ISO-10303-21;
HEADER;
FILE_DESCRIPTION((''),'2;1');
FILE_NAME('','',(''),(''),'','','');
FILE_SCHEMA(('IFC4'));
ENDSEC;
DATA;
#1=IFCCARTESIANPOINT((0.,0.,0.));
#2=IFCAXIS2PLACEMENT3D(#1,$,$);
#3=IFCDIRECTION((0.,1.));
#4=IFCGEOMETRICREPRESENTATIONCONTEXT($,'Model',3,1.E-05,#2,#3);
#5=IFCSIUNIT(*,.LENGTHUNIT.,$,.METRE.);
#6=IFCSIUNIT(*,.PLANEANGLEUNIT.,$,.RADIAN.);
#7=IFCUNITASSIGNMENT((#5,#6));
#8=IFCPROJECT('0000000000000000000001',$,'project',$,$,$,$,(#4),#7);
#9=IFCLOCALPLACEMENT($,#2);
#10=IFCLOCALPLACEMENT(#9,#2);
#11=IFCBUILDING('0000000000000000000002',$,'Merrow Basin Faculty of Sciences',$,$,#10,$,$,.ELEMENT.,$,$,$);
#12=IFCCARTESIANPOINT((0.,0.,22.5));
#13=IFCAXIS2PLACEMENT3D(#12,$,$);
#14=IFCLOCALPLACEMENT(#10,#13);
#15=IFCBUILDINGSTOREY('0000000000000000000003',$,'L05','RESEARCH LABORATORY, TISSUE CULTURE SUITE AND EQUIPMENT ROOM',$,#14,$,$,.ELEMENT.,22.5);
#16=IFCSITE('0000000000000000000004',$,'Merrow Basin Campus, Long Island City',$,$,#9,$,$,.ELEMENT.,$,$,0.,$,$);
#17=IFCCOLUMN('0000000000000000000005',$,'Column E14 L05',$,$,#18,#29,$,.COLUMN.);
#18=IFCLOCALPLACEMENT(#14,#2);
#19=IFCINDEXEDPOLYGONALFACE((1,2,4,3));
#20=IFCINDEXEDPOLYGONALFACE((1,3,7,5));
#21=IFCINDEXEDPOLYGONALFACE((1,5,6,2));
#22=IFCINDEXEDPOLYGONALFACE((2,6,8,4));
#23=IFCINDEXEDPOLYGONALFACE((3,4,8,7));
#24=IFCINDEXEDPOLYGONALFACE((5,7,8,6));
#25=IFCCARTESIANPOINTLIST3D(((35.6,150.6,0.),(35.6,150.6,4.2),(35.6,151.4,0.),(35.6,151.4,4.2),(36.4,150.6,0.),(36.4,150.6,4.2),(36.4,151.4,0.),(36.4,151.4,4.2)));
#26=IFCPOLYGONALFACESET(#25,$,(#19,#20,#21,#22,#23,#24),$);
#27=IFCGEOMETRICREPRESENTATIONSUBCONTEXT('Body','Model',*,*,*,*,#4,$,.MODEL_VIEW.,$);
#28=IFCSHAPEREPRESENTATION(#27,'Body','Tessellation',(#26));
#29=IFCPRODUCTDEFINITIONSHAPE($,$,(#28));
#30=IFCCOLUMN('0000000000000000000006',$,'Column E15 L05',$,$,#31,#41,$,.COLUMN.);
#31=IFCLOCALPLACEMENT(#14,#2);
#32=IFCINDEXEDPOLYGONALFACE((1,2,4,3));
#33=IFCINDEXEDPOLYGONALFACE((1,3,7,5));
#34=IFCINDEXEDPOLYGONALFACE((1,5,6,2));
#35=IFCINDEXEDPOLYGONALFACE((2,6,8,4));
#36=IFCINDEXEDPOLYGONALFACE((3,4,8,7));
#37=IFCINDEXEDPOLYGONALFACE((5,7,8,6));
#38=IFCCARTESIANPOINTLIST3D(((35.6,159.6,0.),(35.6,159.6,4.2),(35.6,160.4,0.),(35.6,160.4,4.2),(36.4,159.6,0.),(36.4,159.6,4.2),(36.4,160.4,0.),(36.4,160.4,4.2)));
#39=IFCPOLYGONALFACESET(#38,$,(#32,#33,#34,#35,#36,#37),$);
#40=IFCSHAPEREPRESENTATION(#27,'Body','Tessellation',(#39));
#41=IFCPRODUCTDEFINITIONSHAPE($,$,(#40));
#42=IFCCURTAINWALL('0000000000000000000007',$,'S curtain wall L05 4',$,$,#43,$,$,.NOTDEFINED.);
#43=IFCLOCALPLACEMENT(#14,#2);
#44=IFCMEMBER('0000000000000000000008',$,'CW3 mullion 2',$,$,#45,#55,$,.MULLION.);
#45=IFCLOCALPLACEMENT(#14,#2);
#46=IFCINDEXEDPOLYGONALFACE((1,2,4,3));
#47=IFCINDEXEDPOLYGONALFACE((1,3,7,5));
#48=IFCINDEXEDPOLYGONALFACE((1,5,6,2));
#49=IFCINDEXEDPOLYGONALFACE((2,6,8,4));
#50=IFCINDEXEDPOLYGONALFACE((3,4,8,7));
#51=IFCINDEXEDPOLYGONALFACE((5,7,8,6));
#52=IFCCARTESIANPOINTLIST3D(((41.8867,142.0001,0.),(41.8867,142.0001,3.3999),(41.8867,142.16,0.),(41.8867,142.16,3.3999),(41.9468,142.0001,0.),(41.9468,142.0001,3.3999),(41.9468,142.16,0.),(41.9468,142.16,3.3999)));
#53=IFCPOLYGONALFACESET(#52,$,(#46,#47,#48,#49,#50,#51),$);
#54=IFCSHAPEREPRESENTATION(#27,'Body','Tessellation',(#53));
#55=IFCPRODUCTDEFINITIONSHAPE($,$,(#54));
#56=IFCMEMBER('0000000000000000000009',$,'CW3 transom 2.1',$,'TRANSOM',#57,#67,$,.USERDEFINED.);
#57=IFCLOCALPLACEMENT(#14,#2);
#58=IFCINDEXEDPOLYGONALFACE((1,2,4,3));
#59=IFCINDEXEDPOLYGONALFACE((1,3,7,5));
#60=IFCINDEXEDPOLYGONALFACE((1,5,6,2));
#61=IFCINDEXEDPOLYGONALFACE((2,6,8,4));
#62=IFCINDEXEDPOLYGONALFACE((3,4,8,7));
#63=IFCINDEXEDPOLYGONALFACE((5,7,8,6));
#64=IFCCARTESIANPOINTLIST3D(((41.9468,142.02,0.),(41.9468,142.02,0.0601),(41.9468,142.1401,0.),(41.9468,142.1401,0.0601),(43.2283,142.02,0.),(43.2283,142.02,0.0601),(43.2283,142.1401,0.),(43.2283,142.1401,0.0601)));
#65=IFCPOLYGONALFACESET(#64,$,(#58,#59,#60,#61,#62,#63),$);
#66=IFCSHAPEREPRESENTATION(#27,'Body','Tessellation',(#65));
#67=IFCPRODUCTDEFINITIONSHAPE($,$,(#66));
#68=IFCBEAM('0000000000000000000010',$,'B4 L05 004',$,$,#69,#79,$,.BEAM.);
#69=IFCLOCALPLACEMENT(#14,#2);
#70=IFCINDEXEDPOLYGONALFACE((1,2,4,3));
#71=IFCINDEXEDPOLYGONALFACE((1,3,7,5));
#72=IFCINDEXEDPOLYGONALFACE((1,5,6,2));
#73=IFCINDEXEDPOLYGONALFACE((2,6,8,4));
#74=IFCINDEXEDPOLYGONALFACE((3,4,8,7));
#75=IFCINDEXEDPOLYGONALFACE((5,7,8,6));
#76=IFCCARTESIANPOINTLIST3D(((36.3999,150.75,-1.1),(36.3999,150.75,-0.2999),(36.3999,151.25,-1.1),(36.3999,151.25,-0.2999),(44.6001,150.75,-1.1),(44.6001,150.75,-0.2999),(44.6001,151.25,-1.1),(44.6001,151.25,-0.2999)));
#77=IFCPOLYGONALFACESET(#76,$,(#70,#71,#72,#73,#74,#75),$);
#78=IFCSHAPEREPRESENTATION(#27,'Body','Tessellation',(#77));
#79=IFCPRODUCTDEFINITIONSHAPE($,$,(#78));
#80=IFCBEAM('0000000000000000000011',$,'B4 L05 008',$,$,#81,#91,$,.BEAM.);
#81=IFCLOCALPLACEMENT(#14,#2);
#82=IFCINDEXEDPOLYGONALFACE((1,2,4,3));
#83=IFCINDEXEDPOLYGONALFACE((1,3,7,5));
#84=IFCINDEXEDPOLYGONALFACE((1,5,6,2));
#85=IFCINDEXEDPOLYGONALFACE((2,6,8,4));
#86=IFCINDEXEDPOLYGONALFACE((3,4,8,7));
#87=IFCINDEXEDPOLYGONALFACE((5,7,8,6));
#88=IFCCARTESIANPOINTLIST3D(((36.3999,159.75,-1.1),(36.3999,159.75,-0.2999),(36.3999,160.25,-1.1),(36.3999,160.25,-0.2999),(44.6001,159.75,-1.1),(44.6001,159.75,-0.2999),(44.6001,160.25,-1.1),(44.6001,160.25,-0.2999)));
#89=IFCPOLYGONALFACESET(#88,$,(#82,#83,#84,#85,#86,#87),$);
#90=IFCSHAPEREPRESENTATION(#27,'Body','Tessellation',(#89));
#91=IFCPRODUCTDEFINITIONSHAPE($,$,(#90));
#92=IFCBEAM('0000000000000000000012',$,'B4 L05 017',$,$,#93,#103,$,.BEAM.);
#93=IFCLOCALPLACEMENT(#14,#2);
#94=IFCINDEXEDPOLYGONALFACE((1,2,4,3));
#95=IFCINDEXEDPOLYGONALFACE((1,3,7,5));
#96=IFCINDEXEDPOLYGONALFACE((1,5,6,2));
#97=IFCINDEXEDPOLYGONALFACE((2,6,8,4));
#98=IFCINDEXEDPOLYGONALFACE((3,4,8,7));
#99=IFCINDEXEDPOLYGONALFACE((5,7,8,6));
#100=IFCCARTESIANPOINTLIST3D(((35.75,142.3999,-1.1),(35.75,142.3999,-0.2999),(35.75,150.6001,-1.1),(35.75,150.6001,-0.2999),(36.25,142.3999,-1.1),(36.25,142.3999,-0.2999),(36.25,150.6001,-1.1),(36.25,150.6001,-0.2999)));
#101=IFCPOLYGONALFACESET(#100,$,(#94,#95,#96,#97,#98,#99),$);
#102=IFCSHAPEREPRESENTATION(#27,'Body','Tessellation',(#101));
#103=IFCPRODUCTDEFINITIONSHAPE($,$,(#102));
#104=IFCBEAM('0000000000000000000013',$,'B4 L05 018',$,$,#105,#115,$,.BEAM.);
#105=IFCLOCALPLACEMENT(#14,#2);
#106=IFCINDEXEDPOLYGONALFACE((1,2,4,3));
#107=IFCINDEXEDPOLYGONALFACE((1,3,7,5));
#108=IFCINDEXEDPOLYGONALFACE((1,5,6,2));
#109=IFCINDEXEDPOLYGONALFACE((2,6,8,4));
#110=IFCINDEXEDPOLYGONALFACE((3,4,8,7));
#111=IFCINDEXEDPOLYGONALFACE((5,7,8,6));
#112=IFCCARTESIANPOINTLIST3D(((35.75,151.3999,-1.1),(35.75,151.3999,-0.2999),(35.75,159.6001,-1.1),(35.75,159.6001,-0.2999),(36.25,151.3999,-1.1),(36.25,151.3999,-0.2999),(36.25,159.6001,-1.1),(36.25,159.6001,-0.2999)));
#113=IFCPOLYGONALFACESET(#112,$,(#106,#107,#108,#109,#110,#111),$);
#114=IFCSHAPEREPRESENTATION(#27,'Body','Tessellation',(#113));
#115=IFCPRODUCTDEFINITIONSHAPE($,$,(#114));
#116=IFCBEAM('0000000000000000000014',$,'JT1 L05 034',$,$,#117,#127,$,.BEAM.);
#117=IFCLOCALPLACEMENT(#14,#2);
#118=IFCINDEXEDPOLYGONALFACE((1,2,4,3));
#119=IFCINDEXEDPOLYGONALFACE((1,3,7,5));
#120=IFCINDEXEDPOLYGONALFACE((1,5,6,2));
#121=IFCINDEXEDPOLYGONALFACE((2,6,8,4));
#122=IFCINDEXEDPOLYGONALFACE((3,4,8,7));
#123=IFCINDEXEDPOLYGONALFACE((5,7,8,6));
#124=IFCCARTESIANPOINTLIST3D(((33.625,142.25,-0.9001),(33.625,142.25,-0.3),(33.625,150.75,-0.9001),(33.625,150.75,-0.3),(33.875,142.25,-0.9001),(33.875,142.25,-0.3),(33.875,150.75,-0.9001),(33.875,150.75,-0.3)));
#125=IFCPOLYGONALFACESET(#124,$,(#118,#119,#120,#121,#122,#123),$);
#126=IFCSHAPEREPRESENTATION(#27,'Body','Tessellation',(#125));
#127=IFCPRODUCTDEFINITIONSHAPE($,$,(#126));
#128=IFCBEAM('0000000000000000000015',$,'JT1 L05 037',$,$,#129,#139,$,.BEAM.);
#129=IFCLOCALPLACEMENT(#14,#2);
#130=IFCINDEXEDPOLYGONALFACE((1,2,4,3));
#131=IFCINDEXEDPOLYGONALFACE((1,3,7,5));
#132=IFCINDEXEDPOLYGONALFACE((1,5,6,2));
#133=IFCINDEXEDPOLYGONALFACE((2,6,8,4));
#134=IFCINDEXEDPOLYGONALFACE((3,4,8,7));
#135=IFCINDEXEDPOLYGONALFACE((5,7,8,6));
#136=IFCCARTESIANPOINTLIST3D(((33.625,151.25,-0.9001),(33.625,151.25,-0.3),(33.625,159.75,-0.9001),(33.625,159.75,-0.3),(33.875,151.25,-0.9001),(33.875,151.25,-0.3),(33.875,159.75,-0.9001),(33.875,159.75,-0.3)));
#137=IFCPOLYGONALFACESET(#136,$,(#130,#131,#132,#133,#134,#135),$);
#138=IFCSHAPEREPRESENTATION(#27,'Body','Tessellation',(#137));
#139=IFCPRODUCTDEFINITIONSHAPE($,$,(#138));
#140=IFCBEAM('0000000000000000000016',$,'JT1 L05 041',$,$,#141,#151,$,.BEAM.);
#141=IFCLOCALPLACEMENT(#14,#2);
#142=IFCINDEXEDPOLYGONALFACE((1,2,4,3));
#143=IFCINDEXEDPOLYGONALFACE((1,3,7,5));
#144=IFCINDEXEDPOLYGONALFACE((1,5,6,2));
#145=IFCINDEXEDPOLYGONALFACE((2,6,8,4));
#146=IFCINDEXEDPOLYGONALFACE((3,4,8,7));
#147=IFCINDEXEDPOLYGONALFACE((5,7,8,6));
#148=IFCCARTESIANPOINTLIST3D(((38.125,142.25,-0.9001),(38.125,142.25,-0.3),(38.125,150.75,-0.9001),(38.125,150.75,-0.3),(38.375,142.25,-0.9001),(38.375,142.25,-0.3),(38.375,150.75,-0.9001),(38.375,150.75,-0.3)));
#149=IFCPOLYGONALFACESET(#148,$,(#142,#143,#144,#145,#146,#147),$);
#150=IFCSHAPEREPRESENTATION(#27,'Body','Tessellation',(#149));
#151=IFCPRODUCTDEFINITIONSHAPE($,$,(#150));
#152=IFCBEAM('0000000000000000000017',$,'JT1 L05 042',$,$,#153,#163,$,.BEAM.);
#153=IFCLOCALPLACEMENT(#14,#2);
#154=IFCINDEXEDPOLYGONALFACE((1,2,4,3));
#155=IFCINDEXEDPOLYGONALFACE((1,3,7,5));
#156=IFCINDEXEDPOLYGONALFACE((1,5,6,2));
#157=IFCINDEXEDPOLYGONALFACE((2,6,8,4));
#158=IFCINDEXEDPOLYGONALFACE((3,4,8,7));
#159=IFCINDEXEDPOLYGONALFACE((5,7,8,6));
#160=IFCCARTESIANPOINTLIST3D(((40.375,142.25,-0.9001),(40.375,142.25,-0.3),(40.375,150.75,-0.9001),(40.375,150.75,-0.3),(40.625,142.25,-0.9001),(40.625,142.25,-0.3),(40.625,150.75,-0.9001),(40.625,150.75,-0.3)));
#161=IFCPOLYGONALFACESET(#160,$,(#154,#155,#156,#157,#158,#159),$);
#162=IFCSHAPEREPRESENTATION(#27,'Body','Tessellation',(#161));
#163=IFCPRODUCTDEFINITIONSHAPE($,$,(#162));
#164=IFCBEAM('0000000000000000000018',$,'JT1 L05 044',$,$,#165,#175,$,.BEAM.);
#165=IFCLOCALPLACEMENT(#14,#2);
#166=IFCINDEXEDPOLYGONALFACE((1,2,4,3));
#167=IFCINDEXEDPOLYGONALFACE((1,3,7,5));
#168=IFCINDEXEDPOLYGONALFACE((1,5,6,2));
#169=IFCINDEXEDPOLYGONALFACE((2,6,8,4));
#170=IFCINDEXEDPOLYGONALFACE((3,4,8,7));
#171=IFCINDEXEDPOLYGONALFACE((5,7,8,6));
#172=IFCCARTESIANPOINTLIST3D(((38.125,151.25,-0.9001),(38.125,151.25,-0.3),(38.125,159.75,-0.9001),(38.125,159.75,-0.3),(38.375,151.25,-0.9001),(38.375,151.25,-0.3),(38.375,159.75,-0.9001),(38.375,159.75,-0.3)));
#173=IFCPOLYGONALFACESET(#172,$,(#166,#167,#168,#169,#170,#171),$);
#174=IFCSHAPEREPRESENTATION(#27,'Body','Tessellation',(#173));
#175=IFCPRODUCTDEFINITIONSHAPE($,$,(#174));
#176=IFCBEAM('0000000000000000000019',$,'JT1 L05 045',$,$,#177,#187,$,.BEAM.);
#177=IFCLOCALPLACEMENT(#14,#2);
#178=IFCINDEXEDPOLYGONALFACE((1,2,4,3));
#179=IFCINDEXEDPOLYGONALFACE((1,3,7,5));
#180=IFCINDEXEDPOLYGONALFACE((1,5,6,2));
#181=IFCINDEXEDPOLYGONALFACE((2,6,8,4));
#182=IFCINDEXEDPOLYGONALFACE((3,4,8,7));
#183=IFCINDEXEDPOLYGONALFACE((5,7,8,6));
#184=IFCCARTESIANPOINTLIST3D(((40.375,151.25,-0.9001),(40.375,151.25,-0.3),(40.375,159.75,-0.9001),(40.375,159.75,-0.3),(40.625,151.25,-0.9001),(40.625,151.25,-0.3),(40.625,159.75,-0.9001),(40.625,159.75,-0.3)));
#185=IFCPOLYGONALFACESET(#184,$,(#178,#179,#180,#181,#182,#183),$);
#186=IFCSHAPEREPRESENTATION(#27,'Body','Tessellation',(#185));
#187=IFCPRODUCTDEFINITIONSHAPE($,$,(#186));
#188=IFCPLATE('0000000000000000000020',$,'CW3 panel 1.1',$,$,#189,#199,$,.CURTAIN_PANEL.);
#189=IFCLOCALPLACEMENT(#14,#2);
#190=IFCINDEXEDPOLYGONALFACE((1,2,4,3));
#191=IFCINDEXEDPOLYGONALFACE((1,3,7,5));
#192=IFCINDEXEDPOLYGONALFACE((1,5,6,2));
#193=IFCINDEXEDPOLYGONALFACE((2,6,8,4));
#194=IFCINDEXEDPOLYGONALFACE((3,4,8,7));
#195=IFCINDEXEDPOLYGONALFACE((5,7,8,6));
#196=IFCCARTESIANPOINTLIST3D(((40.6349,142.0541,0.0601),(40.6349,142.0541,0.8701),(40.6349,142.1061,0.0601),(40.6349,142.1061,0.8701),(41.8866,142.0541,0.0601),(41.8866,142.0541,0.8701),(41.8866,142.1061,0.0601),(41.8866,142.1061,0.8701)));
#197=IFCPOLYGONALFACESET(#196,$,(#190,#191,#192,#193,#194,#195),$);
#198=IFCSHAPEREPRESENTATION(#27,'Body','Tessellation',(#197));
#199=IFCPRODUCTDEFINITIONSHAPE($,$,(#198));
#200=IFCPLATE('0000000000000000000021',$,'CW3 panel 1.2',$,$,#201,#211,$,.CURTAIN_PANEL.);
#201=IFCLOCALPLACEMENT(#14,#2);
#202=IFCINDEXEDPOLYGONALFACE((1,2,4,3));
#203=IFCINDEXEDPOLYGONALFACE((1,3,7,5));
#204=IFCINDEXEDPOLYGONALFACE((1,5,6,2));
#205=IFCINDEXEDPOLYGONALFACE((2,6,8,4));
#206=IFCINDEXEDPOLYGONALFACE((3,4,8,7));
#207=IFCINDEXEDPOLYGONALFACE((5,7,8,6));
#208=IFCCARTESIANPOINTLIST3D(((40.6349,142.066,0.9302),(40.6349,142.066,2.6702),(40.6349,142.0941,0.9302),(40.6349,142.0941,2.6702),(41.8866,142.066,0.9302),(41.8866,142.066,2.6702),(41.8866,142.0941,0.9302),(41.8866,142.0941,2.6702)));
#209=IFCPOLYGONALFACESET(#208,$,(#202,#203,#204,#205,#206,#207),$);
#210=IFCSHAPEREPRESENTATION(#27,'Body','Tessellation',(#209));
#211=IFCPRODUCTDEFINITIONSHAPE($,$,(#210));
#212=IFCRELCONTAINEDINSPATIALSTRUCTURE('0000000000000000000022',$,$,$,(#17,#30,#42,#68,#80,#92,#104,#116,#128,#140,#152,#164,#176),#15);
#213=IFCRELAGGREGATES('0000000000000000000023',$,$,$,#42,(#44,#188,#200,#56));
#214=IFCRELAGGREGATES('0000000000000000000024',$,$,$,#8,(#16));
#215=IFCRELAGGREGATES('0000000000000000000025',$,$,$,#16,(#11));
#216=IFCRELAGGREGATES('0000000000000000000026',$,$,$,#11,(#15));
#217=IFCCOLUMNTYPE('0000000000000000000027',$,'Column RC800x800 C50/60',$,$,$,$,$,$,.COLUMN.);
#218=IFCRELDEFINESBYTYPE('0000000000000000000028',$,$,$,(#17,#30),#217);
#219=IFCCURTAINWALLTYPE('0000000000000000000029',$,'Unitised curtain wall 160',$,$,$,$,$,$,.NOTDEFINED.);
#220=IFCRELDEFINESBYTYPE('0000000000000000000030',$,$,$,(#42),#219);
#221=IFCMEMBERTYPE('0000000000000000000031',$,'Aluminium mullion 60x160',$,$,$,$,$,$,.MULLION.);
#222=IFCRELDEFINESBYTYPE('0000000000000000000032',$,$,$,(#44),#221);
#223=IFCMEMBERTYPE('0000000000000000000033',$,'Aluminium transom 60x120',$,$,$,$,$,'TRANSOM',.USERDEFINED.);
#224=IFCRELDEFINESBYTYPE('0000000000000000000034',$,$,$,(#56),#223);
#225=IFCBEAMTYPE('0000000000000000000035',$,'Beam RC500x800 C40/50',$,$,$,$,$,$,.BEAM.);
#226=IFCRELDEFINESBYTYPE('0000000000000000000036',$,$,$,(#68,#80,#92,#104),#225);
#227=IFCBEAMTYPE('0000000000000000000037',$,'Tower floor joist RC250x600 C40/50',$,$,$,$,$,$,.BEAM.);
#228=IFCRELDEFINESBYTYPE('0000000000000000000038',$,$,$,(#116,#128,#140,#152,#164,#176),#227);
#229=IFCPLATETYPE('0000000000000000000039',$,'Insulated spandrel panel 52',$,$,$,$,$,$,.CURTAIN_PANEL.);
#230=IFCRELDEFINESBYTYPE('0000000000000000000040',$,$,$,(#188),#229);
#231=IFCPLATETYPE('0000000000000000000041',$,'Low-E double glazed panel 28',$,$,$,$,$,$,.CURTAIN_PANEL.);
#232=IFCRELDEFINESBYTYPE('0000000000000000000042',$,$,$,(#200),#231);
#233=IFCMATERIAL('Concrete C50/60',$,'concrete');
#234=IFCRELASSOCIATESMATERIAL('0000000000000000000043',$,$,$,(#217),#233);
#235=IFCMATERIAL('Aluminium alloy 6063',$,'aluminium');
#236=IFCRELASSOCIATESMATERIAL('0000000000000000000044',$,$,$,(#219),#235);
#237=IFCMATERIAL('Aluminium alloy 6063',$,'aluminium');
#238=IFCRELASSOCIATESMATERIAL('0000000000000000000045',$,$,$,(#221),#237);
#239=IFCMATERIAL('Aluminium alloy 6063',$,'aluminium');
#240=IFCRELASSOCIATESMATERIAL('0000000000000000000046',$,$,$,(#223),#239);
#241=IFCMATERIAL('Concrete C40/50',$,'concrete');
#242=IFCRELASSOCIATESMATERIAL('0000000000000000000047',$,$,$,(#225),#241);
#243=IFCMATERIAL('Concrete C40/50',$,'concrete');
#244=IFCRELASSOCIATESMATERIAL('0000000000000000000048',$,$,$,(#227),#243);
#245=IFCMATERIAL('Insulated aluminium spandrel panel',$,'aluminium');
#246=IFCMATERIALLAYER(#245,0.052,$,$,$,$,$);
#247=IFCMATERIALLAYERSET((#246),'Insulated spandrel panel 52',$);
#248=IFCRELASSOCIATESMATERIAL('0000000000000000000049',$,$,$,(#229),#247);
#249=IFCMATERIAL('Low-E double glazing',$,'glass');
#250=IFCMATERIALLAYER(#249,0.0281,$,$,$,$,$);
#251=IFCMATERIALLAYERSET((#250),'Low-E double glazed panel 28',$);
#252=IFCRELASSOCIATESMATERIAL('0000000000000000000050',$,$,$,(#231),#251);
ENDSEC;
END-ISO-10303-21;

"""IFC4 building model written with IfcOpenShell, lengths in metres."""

from ifc_helpers import new_model, si_unit, direction, frame, origin, origin_2d, place, context, subcontext, project, spatial, rectangle, extrude, material, layer, layer_set, material_profile, profile_set, type_object, element, aggregate, save


model = new_model("IFC4")

# Units and contexts
model_context = context("Model", 3, precision=1e-05, world=origin(), true_north=direction((0.0, 1.0)))
body_context = subcontext(model_context, "Body", "Model", "MODEL_VIEW")
ifc_project = project(units=[si_unit("LENGTHUNIT", "METRE"), si_unit("PLANEANGLEUNIT", "RADIAN")], contexts=[model_context])

# Site, building, storey
site_placement = place(None, origin())
site = spatial("IfcSite", under=ifc_project, at=site_placement, Name="Merrow Basin Campus, Long Island City", CompositionType="ELEMENT", RefElevation=0.0)
building_placement = place(site_placement, origin())
building = spatial("IfcBuilding", under=site, at=building_placement, Name="Merrow Basin Faculty of Sciences", CompositionType="ELEMENT")
storey_placement = place(building_placement, frame((0.0, 0.0, 22.5)))
storey = spatial("IfcBuildingStorey", under=building, at=storey_placement, Name="L05", Description="RESEARCH LABORATORY, TISSUE CULTURE SUITE AND EQUIPMENT ROOM", CompositionType="ELEMENT", Elevation=22.5)

# Columns
ifc_material_1 = material(Name="Concrete C50/60", Category="concrete")
ifc_material_profile_1 = material_profile(ifc_material_1, rectangle(XDim=0.8, YDim=0.8, at=origin_2d()))
ifc_profile_set_1 = profile_set([ifc_material_profile_1], Name="Concrete C50/60")
column_type = type_object("IfcColumnType", Name="Column RC800x800 C50/60", PredefinedType="COLUMN", material=ifc_profile_set_1)
for number, where, z_axis, x_axis, name in (
    (1, (36.0, 151.0, 0.0), (0.0, 0.0, 1.0), (1.0, 0.0, 0.0), "Column E14 L05"),
    (2, (36.0, 160.0, 0.0), (0.0, 0.0, 1.0), (1.0, 0.0, 0.0), "Column E15 L05"),
):
    element("IfcColumn", number, at=place(storey_placement, frame(where, z_axis=z_axis, x_axis=x_axis)), inside=storey, type_object=column_type, Name=name, PredefinedType="COLUMN", context=body_context, shape_type="SweptSolid", body=[
        extrude(rectangle(XDim=0.8, YDim=0.8, at=origin_2d()), origin(), (0.0, 0.0, 1.0), 4.2),
    ])

# Curtain wall, members
ifc_material_2 = material(Name="Aluminium alloy 6063", Category="aluminium")
curtain_wall_type = type_object("IfcCurtainWallType", Name="Unitised curtain wall 160", PredefinedType="NOTDEFINED", material=ifc_material_2)
curtain_wall_placement = place(storey_placement, origin())
curtain_wall = element("IfcCurtainWall", 3, at=curtain_wall_placement, inside=storey, type_object=curtain_wall_type, Name="S curtain wall L05 4", PredefinedType="NOTDEFINED")
ifc_material_3 = material(Name="Aluminium alloy 6063", Category="aluminium")
ifc_material_profile_2 = material_profile(ifc_material_3, rectangle(XDim=0.1599, YDim=0.0601, at=origin_2d()))
ifc_profile_set_2 = profile_set([ifc_material_profile_2], Name="Aluminium alloy 6063")
member_type_1 = type_object("IfcMemberType", Name="Aluminium mullion 60x160", PredefinedType="MULLION", material=ifc_profile_set_2)
member_1_placement = place(storey_placement, frame((41.9167, 142.0801, 0.0), z_axis=(0.0, 0.0, 1.0), x_axis=(0.0, 1.0, 0.0)))
member_1 = element("IfcMember", 4, at=member_1_placement, type_object=member_type_1, Name="CW3 mullion 2", PredefinedType="MULLION", context=body_context, shape_type="SweptSolid", body=[
    extrude(rectangle(XDim=0.1599, YDim=0.0601, at=origin_2d()), origin(), (0.0, 0.0, 1.0), 3.3999),
])
ifc_material_4 = material(Name="Aluminium alloy 6063", Category="aluminium")
ifc_material_profile_3 = material_profile(ifc_material_4, rectangle(XDim=0.1201, YDim=0.0601, at=origin_2d()))
ifc_profile_set_3 = profile_set([ifc_material_profile_3], Name="Aluminium alloy 6063")
member_type_2 = type_object("IfcMemberType", Name="Aluminium transom 60x120", ElementType="TRANSOM", PredefinedType="USERDEFINED", material=ifc_profile_set_3)
member_2_placement = place(storey_placement, frame((41.9468, 142.0801, 0.03), z_axis=(1.0, 0.0, 0.0), x_axis=(0.0, 1.0, 0.0)))
member_2 = element("IfcMember", 5, at=member_2_placement, type_object=member_type_2, Name="CW3 transom 2.1", ObjectType="TRANSOM", PredefinedType="USERDEFINED", context=body_context, shape_type="SweptSolid", body=[
    extrude(rectangle(XDim=0.1201, YDim=0.0601, at=origin_2d()), origin(), (0.0, 0.0, 1.0), 1.2815),
])

# Beams
ifc_material_5 = material(Name="Concrete C40/50", Category="concrete")
ifc_material_profile_4 = material_profile(ifc_material_5, rectangle(XDim=0.5, YDim=0.8, at=origin_2d()))
ifc_profile_set_4 = profile_set([ifc_material_profile_4], Name="Concrete C40/50")
beam_type_1 = type_object("IfcBeamType", Name="Beam RC500x800 C40/50", PredefinedType="BEAM", material=ifc_profile_set_4)
for number, where, z_axis, x_axis, name in (
    (6, (36.3999, 151.0, -0.7), (1.0, 0.0, 0.0), (0.0, 1.0, 0.0), "B4 L05 004"),
    (7, (36.3999, 160.0, -0.7), (1.0, 0.0, 0.0), (0.0, 1.0, 0.0), "B4 L05 008"),
    (8, (36.0, 142.3999, -0.7), (0.0, 1.0, 0.0), (-1.0, 0.0, 0.0), "B4 L05 017"),
    (9, (36.0, 151.3999, -0.7), (0.0, 1.0, 0.0), (-1.0, 0.0, 0.0), "B4 L05 018"),
):
    element("IfcBeam", number, at=place(storey_placement, frame(where, z_axis=z_axis, x_axis=x_axis)), inside=storey, type_object=beam_type_1, Name=name, PredefinedType="BEAM", context=body_context, shape_type="SweptSolid", body=[
        extrude(rectangle(XDim=0.5, YDim=0.8, at=origin_2d()), origin(), (0.0, 0.0, 1.0), 8.2002),
    ])
ifc_material_6 = material(Name="Concrete C40/50", Category="concrete")
ifc_material_profile_5 = material_profile(ifc_material_6, rectangle(XDim=0.25, YDim=0.6001, at=origin_2d()))
ifc_profile_set_5 = profile_set([ifc_material_profile_5], Name="Concrete C40/50")
beam_type_2 = type_object("IfcBeamType", Name="Tower floor joist RC250x600 C40/50", PredefinedType="BEAM", material=ifc_profile_set_5)
for number, where, z_axis, x_axis, name in (
    (10, (33.75, 142.25, -0.6001), (0.0, 1.0, 0.0), (-1.0, 0.0, 0.0), "JT1 L05 034"),
    (11, (33.75, 151.25, -0.6001), (0.0, 1.0, 0.0), (-1.0, 0.0, 0.0), "JT1 L05 037"),
    (12, (38.25, 142.25, -0.6001), (0.0, 1.0, 0.0), (-1.0, 0.0, 0.0), "JT1 L05 041"),
    (13, (40.5, 142.25, -0.6001), (0.0, 1.0, 0.0), (-1.0, 0.0, 0.0), "JT1 L05 042"),
    (14, (38.25, 151.25, -0.6001), (0.0, 1.0, 0.0), (-1.0, 0.0, 0.0), "JT1 L05 044"),
    (15, (40.5, 151.25, -0.6001), (0.0, 1.0, 0.0), (-1.0, 0.0, 0.0), "JT1 L05 045"),
):
    element("IfcBeam", number, at=place(storey_placement, frame(where, z_axis=z_axis, x_axis=x_axis)), inside=storey, type_object=beam_type_2, Name=name, PredefinedType="BEAM", context=body_context, shape_type="SweptSolid", body=[
        extrude(rectangle(XDim=0.25, YDim=0.6001, at=origin_2d()), origin(), (0.0, 0.0, 1.0), 8.5),
    ])

# Plates
ifc_material_7 = material(Name="Insulated aluminium spandrel panel", Category="aluminium")
ifc_layer_1 = layer(ifc_material_7, 0.052)
ifc_layer_set_1 = layer_set([ifc_layer_1], Name="Insulated spandrel panel 52")
plate_type_1 = type_object("IfcPlateType", Name="Insulated spandrel panel 52", PredefinedType="CURTAIN_PANEL", material=ifc_layer_set_1)
plate_1_placement = place(storey_placement, frame((41.2607, 142.0801, 0.0601), z_axis=(0.0, 0.0, 1.0), x_axis=(1.0, 0.0, 0.0)))
plate_1 = element("IfcPlate", 16, at=plate_1_placement, type_object=plate_type_1, Name="CW3 panel 1.1", PredefinedType="CURTAIN_PANEL", context=body_context, shape_type="SweptSolid", body=[
    extrude(rectangle(XDim=1.2517, YDim=0.052, at=origin_2d()), origin(), (0.0, 0.0, 1.0), 0.8101),
])
ifc_material_8 = material(Name="Low-E double glazing", Category="glass")
ifc_layer_2 = layer(ifc_material_8, 0.0281)
ifc_layer_set_2 = layer_set([ifc_layer_2], Name="Low-E double glazed panel 28")
plate_type_2 = type_object("IfcPlateType", Name="Low-E double glazed panel 28", PredefinedType="CURTAIN_PANEL", material=ifc_layer_set_2)
plate_2_placement = place(storey_placement, frame((41.2607, 142.0801, 0.9302), z_axis=(0.0, 0.0, 1.0), x_axis=(1.0, 0.0, 0.0)))
plate_2 = element("IfcPlate", 17, at=plate_2_placement, type_object=plate_type_2, Name="CW3 panel 1.2", PredefinedType="CURTAIN_PANEL", context=body_context, shape_type="SweptSolid", body=[
    extrude(rectangle(XDim=1.2517, YDim=0.0281, at=origin_2d()), origin(), (0.0, 0.0, 1.0), 1.74),
])
aggregate(curtain_wall, [member_1, plate_1, plate_2, member_2])

save(model, "model.ifc")
